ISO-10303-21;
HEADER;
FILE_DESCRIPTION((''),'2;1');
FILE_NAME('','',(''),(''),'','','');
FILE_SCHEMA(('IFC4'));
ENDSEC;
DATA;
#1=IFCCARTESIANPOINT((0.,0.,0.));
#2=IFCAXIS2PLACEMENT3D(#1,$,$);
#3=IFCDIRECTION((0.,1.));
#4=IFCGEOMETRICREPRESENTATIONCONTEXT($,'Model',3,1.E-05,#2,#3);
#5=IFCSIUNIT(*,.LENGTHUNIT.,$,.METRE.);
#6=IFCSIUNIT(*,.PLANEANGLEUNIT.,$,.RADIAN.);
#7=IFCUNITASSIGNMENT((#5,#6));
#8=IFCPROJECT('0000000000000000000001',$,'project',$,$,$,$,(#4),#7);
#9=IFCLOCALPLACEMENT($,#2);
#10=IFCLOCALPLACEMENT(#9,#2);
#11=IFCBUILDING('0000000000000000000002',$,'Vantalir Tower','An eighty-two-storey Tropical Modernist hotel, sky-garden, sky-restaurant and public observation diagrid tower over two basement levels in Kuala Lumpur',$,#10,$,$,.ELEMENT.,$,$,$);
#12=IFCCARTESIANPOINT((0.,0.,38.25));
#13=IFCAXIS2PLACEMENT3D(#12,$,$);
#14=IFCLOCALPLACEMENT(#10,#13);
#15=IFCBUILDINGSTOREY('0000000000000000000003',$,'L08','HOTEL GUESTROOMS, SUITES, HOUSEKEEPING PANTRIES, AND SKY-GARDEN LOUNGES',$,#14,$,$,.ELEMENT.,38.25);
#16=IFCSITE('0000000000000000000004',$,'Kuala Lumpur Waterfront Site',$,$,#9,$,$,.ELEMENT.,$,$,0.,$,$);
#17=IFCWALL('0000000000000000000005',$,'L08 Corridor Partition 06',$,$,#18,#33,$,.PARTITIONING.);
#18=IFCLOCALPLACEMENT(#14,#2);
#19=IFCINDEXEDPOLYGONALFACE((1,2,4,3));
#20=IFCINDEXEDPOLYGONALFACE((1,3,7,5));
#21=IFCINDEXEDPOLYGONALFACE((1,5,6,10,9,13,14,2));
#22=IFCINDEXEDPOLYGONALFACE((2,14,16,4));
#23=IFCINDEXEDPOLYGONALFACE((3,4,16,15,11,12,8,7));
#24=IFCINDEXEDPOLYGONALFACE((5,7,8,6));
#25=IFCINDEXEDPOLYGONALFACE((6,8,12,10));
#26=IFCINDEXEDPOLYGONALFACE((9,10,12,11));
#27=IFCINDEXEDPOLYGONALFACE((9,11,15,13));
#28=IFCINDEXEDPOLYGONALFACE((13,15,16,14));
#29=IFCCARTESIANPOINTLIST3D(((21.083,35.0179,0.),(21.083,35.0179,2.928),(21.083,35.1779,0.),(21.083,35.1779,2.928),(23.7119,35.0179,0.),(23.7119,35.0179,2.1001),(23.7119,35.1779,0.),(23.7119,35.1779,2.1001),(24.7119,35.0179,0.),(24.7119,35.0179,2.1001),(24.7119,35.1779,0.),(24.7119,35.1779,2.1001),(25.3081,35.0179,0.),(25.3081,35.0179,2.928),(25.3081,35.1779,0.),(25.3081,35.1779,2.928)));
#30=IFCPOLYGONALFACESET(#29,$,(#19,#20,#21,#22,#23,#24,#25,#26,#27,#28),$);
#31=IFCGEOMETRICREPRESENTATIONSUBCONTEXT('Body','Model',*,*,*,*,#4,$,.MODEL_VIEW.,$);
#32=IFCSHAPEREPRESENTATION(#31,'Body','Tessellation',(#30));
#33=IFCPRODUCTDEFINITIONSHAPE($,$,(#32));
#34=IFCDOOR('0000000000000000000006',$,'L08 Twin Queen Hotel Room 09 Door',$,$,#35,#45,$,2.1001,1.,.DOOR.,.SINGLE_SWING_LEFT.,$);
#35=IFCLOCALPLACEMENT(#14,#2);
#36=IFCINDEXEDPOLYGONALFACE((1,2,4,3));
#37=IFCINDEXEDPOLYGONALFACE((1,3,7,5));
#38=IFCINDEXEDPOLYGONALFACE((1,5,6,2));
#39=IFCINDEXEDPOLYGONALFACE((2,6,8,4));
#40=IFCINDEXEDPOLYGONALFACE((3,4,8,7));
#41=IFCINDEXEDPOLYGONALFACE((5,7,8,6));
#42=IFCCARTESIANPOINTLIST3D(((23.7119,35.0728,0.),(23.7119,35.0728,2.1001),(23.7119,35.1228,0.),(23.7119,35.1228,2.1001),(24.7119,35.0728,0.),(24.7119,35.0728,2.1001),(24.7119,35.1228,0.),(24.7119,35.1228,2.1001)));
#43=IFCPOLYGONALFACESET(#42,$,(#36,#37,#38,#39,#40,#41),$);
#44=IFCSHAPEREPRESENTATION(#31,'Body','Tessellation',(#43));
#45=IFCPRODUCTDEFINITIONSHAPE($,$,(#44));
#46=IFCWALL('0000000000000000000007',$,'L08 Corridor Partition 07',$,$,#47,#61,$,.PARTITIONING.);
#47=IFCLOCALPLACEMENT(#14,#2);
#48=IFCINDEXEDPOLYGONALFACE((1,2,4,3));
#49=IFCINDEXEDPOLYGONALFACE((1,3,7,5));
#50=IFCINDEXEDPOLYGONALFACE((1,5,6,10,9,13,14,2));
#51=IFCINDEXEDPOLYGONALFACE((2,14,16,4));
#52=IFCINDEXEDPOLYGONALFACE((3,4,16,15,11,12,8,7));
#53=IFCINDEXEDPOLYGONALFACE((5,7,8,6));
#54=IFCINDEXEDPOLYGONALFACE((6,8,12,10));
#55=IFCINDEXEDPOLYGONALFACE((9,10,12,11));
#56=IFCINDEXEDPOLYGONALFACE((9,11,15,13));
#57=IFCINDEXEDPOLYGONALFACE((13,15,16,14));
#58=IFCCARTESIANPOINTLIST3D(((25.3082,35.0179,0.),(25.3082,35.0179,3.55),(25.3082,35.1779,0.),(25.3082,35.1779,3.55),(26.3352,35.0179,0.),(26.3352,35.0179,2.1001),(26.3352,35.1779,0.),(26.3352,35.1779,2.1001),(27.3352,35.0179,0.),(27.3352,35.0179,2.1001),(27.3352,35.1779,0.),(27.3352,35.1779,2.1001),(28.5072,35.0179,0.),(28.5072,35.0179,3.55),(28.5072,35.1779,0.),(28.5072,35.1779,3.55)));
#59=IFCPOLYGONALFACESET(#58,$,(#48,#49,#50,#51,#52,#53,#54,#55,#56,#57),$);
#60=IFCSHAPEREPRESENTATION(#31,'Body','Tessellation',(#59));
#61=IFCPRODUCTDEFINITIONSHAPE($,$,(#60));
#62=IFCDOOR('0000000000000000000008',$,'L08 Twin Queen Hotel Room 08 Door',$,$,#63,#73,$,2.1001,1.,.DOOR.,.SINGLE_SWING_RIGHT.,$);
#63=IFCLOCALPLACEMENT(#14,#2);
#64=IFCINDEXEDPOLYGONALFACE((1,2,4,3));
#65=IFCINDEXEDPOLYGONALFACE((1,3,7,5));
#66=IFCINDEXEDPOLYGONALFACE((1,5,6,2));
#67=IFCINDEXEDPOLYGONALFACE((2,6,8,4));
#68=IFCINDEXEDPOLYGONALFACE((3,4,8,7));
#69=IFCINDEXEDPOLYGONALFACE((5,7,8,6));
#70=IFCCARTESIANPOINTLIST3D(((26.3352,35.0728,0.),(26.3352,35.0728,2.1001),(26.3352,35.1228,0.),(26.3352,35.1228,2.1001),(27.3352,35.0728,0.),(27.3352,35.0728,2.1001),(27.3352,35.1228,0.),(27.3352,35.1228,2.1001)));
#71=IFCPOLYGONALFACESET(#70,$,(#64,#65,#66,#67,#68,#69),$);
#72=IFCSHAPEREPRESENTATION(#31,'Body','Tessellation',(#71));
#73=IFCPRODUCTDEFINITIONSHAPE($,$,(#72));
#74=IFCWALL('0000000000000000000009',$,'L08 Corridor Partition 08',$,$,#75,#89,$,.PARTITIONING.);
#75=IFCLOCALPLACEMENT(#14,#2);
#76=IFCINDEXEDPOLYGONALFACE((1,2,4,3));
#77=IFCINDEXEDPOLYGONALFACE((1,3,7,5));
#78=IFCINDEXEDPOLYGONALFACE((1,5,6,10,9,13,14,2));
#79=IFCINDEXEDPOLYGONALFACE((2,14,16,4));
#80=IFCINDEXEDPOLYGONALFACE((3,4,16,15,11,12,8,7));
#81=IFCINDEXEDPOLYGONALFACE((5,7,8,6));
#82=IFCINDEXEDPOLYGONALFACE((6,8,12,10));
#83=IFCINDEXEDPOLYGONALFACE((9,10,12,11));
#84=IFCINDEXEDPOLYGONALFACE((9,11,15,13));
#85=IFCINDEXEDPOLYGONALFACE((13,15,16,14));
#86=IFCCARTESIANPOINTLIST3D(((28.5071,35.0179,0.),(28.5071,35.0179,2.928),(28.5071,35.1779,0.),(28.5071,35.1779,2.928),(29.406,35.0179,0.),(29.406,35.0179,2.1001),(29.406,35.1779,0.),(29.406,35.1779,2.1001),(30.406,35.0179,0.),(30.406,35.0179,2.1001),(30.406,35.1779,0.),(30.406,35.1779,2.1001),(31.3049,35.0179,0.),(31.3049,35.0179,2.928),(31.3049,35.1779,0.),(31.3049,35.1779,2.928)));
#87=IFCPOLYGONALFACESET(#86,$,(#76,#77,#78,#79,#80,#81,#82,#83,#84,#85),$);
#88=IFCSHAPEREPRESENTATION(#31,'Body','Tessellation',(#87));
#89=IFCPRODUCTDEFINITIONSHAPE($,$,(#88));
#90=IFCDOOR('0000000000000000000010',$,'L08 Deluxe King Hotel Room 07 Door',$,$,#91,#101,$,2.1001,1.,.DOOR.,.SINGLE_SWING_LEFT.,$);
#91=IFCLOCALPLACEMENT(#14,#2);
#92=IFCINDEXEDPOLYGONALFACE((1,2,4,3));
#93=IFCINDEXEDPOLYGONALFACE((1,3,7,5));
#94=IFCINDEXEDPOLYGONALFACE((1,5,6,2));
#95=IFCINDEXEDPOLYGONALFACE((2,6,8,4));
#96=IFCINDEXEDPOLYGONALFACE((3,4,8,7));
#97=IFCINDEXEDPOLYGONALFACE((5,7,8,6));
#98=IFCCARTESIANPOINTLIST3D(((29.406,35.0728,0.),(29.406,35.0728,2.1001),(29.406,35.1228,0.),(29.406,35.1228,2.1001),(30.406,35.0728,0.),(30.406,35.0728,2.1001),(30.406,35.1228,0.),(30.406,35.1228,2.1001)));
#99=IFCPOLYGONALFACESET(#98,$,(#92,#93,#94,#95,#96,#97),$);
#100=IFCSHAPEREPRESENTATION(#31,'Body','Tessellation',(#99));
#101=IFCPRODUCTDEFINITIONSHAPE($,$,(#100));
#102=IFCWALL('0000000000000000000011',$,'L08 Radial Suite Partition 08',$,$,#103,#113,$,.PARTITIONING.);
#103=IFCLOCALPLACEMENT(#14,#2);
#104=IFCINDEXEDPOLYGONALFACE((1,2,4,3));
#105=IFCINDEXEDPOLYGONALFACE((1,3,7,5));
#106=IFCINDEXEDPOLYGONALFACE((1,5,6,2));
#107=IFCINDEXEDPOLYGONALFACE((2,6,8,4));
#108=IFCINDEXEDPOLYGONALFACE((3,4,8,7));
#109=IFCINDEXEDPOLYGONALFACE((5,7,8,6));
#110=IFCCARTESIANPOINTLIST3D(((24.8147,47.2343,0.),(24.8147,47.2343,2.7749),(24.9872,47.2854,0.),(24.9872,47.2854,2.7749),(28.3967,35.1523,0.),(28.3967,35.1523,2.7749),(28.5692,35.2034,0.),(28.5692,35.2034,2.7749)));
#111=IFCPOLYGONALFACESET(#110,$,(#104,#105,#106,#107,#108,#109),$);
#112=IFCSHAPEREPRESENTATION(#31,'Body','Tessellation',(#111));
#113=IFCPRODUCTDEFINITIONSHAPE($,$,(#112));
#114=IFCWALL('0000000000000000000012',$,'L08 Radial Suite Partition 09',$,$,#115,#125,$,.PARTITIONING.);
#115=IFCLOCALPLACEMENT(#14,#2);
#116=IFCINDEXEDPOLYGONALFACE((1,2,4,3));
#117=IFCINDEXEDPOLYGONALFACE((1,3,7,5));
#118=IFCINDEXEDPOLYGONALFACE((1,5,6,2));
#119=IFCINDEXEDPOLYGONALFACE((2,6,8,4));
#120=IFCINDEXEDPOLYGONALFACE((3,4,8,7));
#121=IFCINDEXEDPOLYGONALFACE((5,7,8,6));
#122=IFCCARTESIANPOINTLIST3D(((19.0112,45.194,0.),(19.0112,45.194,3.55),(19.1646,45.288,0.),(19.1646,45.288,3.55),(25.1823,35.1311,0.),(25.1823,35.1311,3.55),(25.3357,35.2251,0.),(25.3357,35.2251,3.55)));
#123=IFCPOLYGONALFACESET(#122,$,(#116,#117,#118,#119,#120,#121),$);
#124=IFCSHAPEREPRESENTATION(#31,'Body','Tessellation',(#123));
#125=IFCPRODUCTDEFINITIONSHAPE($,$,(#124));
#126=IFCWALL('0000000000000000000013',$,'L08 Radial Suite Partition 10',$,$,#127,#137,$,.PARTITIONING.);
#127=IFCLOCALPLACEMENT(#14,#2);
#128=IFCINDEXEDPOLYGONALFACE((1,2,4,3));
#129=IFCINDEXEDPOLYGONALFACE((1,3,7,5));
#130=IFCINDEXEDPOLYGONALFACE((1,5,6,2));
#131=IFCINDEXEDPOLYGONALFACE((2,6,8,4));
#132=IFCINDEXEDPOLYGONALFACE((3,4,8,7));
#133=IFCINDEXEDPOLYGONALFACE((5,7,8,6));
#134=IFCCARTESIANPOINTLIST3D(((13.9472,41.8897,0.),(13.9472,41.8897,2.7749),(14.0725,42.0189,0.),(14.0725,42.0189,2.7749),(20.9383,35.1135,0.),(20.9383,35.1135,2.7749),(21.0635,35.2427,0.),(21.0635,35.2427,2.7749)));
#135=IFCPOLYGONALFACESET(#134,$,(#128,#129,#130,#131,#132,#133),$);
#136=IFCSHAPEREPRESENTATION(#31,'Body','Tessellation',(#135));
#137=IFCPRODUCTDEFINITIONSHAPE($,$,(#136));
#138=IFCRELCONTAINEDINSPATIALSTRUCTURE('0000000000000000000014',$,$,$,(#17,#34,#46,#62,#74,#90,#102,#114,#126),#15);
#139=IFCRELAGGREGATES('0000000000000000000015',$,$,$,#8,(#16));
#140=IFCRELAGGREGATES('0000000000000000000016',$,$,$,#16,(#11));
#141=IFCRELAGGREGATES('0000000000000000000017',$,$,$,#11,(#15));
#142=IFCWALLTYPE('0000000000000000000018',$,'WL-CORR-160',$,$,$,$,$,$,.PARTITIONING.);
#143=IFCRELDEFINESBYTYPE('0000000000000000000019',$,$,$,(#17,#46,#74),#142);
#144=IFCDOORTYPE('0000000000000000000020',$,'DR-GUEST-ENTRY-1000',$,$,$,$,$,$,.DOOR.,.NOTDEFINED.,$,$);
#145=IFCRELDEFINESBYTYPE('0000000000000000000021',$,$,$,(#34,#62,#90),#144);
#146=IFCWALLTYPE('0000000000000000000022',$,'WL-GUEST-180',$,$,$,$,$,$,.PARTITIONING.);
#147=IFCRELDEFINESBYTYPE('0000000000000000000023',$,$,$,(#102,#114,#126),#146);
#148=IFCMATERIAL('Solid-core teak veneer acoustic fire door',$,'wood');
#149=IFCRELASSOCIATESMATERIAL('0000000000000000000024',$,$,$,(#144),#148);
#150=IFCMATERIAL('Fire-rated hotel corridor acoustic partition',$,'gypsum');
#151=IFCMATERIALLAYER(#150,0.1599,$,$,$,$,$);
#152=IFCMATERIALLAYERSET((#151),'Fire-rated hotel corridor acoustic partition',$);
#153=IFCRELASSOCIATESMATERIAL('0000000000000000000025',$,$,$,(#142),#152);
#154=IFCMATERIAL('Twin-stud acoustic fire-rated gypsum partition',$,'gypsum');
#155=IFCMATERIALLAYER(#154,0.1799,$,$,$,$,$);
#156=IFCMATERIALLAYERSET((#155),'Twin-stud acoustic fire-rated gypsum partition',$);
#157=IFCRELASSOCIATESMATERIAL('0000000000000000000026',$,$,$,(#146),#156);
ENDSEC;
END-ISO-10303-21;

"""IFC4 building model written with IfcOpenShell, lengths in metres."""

from ifc_helpers import new_model, si_unit, direction, frame, frame_2d, origin, place, context, subcontext, project, spatial, rectangle, extrude, material, layer, layer_set, type_object, element, fill, save


model = new_model("IFC4")

# Units and contexts
model_context = context("Model", 3, precision=1e-05, world=origin(), true_north=direction((0.0, 1.0)))
body_context = subcontext(model_context, "Body", "Model", "MODEL_VIEW")
ifc_project = project(units=[si_unit("LENGTHUNIT", "METRE"), si_unit("PLANEANGLEUNIT", "RADIAN")], contexts=[model_context])

# Site, building, storey
site_placement = place(None, origin())
site = spatial("IfcSite", under=ifc_project, at=site_placement, Name="Kuala Lumpur Waterfront Site", CompositionType="ELEMENT", RefElevation=0.0)
building_placement = place(site_placement, origin())
building = spatial("IfcBuilding", under=site, at=building_placement, Name="Vantalir Tower", Description="An eighty-two-storey Tropical Modernist hotel, sky-garden, sky-restaurant and public observation diagrid tower over two basement levels in Kuala Lumpur", CompositionType="ELEMENT")
storey_placement = place(building_placement, frame((0.0, 0.0, 38.25)))
storey = spatial("IfcBuildingStorey", under=building, at=storey_placement, Name="L08", Description="HOTEL GUESTROOMS, SUITES, HOUSEKEEPING PANTRIES, AND SKY-GARDEN LOUNGES", CompositionType="ELEMENT", Elevation=38.25)

# Shared definitions
ifc_material_1 = material(Name="Solid-core teak veneer acoustic fire door", Category="wood")
door_type_1 = type_object("IfcDoorType", Name="DR-GUEST-ENTRY-1000", OperationType="NOTDEFINED", PredefinedType="DOOR", material=ifc_material_1)

# Shared definitions
ifc_material_2 = material(Name="Fire-rated hotel corridor acoustic partition", Category="gypsum")
ifc_layer_1 = layer(ifc_material_2, 0.1599)
ifc_layer_set_1 = layer_set([ifc_layer_1], Name="Fire-rated hotel corridor acoustic partition")
wall_type_1 = type_object("IfcWallType", Name="WL-CORR-160", PredefinedType="PARTITIONING", material=ifc_layer_set_1)

# Walls, openings, doors
wall_1_placement = place(storey_placement, frame((21.083, 35.0979, 0.0), z_axis=(0.0, 0.0, 1.0), x_axis=(1.0, 0.0, 0.0)))
wall_1 = element("IfcWall", 1, at=wall_1_placement, inside=storey, type_object=wall_type_1, Name="L08 Corridor Partition 06", PredefinedType="PARTITIONING", context=body_context, shape_type="SweptSolid", body=[
    extrude(rectangle(XDim=4.2251, YDim=0.1599, at=frame_2d((2.1125, 0.0))), origin(), (0.0, 0.0, 1.0), 2.928),
])
opening_1_placement = place(wall_1_placement, frame((2.6289, 0.0, 0.0)))
opening_1 = element("IfcOpeningElement", 2, at=opening_1_placement, cuts=wall_1, PredefinedType="OPENING", context=body_context, shape_type="SweptSolid", body=[
    extrude(rectangle(XDim=1.0, YDim=2.1001, at=frame_2d((0.5, 1.05))), frame((0.0, 0.0898, 0.0), z_axis=(0.0, -1.0, 0.0), x_axis=(1.0, 0.0, 0.0)), (0.0, 0.0, 1.0), 0.1799),
])
door_1_placement = place(opening_1_placement, origin())
door_1 = element("IfcDoor", 3, at=door_1_placement, inside=storey, type_object=door_type_1, Name="L08 Twin Queen Hotel Room 09 Door", OperationType="SINGLE_SWING_LEFT", OverallHeight=2.1001, OverallWidth=1.0, PredefinedType="DOOR", context=body_context, shape_type="SweptSolid", body=[
    extrude(rectangle(XDim=1.0, YDim=2.1001, at=frame_2d((0.5, 1.05))), frame((0.0, 0.0249, 0.0), z_axis=(0.0, -1.0, 0.0), x_axis=(1.0, 0.0, 0.0)), (0.0, 0.0, 1.0), 0.05),
])
fill(opening_1, door_1)
wall_2_placement = place(storey_placement, frame((25.3081, 35.0979, 0.0), z_axis=(0.0, 0.0, 1.0), x_axis=(1.0, 0.0, 0.0)))
wall_2 = element("IfcWall", 4, at=wall_2_placement, inside=storey, type_object=wall_type_1, Name="L08 Corridor Partition 07", PredefinedType="PARTITIONING", context=body_context, shape_type="SweptSolid", body=[
    extrude(rectangle(XDim=3.199, YDim=0.1599, at=frame_2d((1.5996, 0.0))), origin(), (0.0, 0.0, 1.0), 3.55),
])
opening_2_placement = place(wall_2_placement, frame((1.0271, 0.0, 0.0)))
opening_2 = element("IfcOpeningElement", 5, at=opening_2_placement, cuts=wall_2, PredefinedType="OPENING", context=body_context, shape_type="SweptSolid", body=[
    extrude(rectangle(XDim=1.0, YDim=2.1001, at=frame_2d((0.5, 1.05))), frame((0.0, 0.0898, 0.0), z_axis=(0.0, -1.0, 0.0), x_axis=(1.0, 0.0, 0.0)), (0.0, 0.0, 1.0), 0.1799),
])
door_2_placement = place(opening_2_placement, origin())
door_2 = element("IfcDoor", 6, at=door_2_placement, inside=storey, type_object=door_type_1, Name="L08 Twin Queen Hotel Room 08 Door", OperationType="SINGLE_SWING_RIGHT", OverallHeight=2.1001, OverallWidth=1.0, PredefinedType="DOOR", context=body_context, shape_type="SweptSolid", body=[
    extrude(rectangle(XDim=1.0, YDim=2.1001, at=frame_2d((0.5, 1.05))), frame((0.0, 0.0249, 0.0), z_axis=(0.0, -1.0, 0.0), x_axis=(1.0, 0.0, 0.0)), (0.0, 0.0, 1.0), 0.05),
])
fill(opening_2, door_2)
wall_3_placement = place(storey_placement, frame((28.5071, 35.0979, 0.0), z_axis=(0.0, 0.0, 1.0), x_axis=(1.0, 0.0, 0.0)))
wall_3 = element("IfcWall", 7, at=wall_3_placement, inside=storey, type_object=wall_type_1, Name="L08 Corridor Partition 08", PredefinedType="PARTITIONING", context=body_context, shape_type="SweptSolid", body=[
    extrude(rectangle(XDim=2.7979, YDim=0.1599, at=frame_2d((1.3989, 0.0))), origin(), (0.0, 0.0, 1.0), 2.928),
])
opening_3_placement = place(wall_3_placement, frame((0.8989, 0.0, 0.0)))
opening_3 = element("IfcOpeningElement", 8, at=opening_3_placement, cuts=wall_3, PredefinedType="OPENING", context=body_context, shape_type="SweptSolid", body=[
    extrude(rectangle(XDim=1.0, YDim=2.1001, at=frame_2d((0.5, 1.05))), frame((0.0, 0.0898, 0.0), z_axis=(0.0, -1.0, 0.0), x_axis=(1.0, 0.0, 0.0)), (0.0, 0.0, 1.0), 0.1799),
])
door_3_placement = place(opening_3_placement, origin())
door_3 = element("IfcDoor", 9, at=door_3_placement, inside=storey, type_object=door_type_1, Name="L08 Deluxe King Hotel Room 07 Door", OperationType="SINGLE_SWING_LEFT", OverallHeight=2.1001, OverallWidth=1.0, PredefinedType="DOOR", context=body_context, shape_type="SweptSolid", body=[
    extrude(rectangle(XDim=1.0, YDim=2.1001, at=frame_2d((0.5, 1.05))), frame((0.0, 0.0249, 0.0), z_axis=(0.0, -1.0, 0.0), x_axis=(1.0, 0.0, 0.0)), (0.0, 0.0, 1.0), 0.05),
])
fill(opening_3, door_3)

# Walls
ifc_material_3 = material(Name="Twin-stud acoustic fire-rated gypsum partition", Category="gypsum")
ifc_layer_2 = layer(ifc_material_3, 0.1799)
ifc_layer_set_2 = layer_set([ifc_layer_2], Name="Twin-stud acoustic fire-rated gypsum partition")
wall_type_2 = type_object("IfcWallType", Name="WL-GUEST-180", PredefinedType="PARTITIONING", material=ifc_layer_set_2)
wall_4_placement = place(storey_placement, frame((28.4829, 35.178, 0.0), z_axis=(0.0, 0.0, 1.0), x_axis=(-0.284247, 0.958751, 0.0)))
element("IfcWall", 10, at=wall_4_placement, inside=storey, type_object=wall_type_2, Name="L08 Radial Suite Partition 08", PredefinedType="PARTITIONING", context=body_context, shape_type="SweptSolid", body=[
    extrude(rectangle(XDim=12.6018, YDim=0.1799, at=frame_2d((6.3008, 0.0))), origin(), (0.0, 0.0, 1.0), 2.7749),
])
wall_5_placement = place(storey_placement, frame((25.259, 35.178, 0.0), z_axis=(0.0, 0.0, 1.0), x_axis=(-0.522778, 0.852469, 0.0)))
element("IfcWall", 11, at=wall_5_placement, inside=storey, type_object=wall_type_2, Name="L08 Radial Suite Partition 09", PredefinedType="PARTITIONING", context=body_context, shape_type="SweptSolid", body=[
    extrude(rectangle(XDim=11.8044, YDim=0.1799, at=frame_2d((5.9023, 0.0))), origin(), (0.0, 0.0, 1.0), 3.55),
])
wall_6_placement = place(storey_placement, frame((21.001, 35.178, 0.0), z_axis=(0.0, 0.0, 1.0), x_axis=(-0.718054, 0.695987, 0.0)))
element("IfcWall", 12, at=wall_6_placement, inside=storey, type_object=wall_type_2, Name="L08 Radial Suite Partition 10", PredefinedType="PARTITIONING", context=body_context, shape_type="SweptSolid", body=[
    extrude(rectangle(XDim=9.7361, YDim=0.1799, at=frame_2d((4.8682, 0.0))), origin(), (0.0, 0.0, 1.0), 2.7749),
])

save(model, "model.ifc")
